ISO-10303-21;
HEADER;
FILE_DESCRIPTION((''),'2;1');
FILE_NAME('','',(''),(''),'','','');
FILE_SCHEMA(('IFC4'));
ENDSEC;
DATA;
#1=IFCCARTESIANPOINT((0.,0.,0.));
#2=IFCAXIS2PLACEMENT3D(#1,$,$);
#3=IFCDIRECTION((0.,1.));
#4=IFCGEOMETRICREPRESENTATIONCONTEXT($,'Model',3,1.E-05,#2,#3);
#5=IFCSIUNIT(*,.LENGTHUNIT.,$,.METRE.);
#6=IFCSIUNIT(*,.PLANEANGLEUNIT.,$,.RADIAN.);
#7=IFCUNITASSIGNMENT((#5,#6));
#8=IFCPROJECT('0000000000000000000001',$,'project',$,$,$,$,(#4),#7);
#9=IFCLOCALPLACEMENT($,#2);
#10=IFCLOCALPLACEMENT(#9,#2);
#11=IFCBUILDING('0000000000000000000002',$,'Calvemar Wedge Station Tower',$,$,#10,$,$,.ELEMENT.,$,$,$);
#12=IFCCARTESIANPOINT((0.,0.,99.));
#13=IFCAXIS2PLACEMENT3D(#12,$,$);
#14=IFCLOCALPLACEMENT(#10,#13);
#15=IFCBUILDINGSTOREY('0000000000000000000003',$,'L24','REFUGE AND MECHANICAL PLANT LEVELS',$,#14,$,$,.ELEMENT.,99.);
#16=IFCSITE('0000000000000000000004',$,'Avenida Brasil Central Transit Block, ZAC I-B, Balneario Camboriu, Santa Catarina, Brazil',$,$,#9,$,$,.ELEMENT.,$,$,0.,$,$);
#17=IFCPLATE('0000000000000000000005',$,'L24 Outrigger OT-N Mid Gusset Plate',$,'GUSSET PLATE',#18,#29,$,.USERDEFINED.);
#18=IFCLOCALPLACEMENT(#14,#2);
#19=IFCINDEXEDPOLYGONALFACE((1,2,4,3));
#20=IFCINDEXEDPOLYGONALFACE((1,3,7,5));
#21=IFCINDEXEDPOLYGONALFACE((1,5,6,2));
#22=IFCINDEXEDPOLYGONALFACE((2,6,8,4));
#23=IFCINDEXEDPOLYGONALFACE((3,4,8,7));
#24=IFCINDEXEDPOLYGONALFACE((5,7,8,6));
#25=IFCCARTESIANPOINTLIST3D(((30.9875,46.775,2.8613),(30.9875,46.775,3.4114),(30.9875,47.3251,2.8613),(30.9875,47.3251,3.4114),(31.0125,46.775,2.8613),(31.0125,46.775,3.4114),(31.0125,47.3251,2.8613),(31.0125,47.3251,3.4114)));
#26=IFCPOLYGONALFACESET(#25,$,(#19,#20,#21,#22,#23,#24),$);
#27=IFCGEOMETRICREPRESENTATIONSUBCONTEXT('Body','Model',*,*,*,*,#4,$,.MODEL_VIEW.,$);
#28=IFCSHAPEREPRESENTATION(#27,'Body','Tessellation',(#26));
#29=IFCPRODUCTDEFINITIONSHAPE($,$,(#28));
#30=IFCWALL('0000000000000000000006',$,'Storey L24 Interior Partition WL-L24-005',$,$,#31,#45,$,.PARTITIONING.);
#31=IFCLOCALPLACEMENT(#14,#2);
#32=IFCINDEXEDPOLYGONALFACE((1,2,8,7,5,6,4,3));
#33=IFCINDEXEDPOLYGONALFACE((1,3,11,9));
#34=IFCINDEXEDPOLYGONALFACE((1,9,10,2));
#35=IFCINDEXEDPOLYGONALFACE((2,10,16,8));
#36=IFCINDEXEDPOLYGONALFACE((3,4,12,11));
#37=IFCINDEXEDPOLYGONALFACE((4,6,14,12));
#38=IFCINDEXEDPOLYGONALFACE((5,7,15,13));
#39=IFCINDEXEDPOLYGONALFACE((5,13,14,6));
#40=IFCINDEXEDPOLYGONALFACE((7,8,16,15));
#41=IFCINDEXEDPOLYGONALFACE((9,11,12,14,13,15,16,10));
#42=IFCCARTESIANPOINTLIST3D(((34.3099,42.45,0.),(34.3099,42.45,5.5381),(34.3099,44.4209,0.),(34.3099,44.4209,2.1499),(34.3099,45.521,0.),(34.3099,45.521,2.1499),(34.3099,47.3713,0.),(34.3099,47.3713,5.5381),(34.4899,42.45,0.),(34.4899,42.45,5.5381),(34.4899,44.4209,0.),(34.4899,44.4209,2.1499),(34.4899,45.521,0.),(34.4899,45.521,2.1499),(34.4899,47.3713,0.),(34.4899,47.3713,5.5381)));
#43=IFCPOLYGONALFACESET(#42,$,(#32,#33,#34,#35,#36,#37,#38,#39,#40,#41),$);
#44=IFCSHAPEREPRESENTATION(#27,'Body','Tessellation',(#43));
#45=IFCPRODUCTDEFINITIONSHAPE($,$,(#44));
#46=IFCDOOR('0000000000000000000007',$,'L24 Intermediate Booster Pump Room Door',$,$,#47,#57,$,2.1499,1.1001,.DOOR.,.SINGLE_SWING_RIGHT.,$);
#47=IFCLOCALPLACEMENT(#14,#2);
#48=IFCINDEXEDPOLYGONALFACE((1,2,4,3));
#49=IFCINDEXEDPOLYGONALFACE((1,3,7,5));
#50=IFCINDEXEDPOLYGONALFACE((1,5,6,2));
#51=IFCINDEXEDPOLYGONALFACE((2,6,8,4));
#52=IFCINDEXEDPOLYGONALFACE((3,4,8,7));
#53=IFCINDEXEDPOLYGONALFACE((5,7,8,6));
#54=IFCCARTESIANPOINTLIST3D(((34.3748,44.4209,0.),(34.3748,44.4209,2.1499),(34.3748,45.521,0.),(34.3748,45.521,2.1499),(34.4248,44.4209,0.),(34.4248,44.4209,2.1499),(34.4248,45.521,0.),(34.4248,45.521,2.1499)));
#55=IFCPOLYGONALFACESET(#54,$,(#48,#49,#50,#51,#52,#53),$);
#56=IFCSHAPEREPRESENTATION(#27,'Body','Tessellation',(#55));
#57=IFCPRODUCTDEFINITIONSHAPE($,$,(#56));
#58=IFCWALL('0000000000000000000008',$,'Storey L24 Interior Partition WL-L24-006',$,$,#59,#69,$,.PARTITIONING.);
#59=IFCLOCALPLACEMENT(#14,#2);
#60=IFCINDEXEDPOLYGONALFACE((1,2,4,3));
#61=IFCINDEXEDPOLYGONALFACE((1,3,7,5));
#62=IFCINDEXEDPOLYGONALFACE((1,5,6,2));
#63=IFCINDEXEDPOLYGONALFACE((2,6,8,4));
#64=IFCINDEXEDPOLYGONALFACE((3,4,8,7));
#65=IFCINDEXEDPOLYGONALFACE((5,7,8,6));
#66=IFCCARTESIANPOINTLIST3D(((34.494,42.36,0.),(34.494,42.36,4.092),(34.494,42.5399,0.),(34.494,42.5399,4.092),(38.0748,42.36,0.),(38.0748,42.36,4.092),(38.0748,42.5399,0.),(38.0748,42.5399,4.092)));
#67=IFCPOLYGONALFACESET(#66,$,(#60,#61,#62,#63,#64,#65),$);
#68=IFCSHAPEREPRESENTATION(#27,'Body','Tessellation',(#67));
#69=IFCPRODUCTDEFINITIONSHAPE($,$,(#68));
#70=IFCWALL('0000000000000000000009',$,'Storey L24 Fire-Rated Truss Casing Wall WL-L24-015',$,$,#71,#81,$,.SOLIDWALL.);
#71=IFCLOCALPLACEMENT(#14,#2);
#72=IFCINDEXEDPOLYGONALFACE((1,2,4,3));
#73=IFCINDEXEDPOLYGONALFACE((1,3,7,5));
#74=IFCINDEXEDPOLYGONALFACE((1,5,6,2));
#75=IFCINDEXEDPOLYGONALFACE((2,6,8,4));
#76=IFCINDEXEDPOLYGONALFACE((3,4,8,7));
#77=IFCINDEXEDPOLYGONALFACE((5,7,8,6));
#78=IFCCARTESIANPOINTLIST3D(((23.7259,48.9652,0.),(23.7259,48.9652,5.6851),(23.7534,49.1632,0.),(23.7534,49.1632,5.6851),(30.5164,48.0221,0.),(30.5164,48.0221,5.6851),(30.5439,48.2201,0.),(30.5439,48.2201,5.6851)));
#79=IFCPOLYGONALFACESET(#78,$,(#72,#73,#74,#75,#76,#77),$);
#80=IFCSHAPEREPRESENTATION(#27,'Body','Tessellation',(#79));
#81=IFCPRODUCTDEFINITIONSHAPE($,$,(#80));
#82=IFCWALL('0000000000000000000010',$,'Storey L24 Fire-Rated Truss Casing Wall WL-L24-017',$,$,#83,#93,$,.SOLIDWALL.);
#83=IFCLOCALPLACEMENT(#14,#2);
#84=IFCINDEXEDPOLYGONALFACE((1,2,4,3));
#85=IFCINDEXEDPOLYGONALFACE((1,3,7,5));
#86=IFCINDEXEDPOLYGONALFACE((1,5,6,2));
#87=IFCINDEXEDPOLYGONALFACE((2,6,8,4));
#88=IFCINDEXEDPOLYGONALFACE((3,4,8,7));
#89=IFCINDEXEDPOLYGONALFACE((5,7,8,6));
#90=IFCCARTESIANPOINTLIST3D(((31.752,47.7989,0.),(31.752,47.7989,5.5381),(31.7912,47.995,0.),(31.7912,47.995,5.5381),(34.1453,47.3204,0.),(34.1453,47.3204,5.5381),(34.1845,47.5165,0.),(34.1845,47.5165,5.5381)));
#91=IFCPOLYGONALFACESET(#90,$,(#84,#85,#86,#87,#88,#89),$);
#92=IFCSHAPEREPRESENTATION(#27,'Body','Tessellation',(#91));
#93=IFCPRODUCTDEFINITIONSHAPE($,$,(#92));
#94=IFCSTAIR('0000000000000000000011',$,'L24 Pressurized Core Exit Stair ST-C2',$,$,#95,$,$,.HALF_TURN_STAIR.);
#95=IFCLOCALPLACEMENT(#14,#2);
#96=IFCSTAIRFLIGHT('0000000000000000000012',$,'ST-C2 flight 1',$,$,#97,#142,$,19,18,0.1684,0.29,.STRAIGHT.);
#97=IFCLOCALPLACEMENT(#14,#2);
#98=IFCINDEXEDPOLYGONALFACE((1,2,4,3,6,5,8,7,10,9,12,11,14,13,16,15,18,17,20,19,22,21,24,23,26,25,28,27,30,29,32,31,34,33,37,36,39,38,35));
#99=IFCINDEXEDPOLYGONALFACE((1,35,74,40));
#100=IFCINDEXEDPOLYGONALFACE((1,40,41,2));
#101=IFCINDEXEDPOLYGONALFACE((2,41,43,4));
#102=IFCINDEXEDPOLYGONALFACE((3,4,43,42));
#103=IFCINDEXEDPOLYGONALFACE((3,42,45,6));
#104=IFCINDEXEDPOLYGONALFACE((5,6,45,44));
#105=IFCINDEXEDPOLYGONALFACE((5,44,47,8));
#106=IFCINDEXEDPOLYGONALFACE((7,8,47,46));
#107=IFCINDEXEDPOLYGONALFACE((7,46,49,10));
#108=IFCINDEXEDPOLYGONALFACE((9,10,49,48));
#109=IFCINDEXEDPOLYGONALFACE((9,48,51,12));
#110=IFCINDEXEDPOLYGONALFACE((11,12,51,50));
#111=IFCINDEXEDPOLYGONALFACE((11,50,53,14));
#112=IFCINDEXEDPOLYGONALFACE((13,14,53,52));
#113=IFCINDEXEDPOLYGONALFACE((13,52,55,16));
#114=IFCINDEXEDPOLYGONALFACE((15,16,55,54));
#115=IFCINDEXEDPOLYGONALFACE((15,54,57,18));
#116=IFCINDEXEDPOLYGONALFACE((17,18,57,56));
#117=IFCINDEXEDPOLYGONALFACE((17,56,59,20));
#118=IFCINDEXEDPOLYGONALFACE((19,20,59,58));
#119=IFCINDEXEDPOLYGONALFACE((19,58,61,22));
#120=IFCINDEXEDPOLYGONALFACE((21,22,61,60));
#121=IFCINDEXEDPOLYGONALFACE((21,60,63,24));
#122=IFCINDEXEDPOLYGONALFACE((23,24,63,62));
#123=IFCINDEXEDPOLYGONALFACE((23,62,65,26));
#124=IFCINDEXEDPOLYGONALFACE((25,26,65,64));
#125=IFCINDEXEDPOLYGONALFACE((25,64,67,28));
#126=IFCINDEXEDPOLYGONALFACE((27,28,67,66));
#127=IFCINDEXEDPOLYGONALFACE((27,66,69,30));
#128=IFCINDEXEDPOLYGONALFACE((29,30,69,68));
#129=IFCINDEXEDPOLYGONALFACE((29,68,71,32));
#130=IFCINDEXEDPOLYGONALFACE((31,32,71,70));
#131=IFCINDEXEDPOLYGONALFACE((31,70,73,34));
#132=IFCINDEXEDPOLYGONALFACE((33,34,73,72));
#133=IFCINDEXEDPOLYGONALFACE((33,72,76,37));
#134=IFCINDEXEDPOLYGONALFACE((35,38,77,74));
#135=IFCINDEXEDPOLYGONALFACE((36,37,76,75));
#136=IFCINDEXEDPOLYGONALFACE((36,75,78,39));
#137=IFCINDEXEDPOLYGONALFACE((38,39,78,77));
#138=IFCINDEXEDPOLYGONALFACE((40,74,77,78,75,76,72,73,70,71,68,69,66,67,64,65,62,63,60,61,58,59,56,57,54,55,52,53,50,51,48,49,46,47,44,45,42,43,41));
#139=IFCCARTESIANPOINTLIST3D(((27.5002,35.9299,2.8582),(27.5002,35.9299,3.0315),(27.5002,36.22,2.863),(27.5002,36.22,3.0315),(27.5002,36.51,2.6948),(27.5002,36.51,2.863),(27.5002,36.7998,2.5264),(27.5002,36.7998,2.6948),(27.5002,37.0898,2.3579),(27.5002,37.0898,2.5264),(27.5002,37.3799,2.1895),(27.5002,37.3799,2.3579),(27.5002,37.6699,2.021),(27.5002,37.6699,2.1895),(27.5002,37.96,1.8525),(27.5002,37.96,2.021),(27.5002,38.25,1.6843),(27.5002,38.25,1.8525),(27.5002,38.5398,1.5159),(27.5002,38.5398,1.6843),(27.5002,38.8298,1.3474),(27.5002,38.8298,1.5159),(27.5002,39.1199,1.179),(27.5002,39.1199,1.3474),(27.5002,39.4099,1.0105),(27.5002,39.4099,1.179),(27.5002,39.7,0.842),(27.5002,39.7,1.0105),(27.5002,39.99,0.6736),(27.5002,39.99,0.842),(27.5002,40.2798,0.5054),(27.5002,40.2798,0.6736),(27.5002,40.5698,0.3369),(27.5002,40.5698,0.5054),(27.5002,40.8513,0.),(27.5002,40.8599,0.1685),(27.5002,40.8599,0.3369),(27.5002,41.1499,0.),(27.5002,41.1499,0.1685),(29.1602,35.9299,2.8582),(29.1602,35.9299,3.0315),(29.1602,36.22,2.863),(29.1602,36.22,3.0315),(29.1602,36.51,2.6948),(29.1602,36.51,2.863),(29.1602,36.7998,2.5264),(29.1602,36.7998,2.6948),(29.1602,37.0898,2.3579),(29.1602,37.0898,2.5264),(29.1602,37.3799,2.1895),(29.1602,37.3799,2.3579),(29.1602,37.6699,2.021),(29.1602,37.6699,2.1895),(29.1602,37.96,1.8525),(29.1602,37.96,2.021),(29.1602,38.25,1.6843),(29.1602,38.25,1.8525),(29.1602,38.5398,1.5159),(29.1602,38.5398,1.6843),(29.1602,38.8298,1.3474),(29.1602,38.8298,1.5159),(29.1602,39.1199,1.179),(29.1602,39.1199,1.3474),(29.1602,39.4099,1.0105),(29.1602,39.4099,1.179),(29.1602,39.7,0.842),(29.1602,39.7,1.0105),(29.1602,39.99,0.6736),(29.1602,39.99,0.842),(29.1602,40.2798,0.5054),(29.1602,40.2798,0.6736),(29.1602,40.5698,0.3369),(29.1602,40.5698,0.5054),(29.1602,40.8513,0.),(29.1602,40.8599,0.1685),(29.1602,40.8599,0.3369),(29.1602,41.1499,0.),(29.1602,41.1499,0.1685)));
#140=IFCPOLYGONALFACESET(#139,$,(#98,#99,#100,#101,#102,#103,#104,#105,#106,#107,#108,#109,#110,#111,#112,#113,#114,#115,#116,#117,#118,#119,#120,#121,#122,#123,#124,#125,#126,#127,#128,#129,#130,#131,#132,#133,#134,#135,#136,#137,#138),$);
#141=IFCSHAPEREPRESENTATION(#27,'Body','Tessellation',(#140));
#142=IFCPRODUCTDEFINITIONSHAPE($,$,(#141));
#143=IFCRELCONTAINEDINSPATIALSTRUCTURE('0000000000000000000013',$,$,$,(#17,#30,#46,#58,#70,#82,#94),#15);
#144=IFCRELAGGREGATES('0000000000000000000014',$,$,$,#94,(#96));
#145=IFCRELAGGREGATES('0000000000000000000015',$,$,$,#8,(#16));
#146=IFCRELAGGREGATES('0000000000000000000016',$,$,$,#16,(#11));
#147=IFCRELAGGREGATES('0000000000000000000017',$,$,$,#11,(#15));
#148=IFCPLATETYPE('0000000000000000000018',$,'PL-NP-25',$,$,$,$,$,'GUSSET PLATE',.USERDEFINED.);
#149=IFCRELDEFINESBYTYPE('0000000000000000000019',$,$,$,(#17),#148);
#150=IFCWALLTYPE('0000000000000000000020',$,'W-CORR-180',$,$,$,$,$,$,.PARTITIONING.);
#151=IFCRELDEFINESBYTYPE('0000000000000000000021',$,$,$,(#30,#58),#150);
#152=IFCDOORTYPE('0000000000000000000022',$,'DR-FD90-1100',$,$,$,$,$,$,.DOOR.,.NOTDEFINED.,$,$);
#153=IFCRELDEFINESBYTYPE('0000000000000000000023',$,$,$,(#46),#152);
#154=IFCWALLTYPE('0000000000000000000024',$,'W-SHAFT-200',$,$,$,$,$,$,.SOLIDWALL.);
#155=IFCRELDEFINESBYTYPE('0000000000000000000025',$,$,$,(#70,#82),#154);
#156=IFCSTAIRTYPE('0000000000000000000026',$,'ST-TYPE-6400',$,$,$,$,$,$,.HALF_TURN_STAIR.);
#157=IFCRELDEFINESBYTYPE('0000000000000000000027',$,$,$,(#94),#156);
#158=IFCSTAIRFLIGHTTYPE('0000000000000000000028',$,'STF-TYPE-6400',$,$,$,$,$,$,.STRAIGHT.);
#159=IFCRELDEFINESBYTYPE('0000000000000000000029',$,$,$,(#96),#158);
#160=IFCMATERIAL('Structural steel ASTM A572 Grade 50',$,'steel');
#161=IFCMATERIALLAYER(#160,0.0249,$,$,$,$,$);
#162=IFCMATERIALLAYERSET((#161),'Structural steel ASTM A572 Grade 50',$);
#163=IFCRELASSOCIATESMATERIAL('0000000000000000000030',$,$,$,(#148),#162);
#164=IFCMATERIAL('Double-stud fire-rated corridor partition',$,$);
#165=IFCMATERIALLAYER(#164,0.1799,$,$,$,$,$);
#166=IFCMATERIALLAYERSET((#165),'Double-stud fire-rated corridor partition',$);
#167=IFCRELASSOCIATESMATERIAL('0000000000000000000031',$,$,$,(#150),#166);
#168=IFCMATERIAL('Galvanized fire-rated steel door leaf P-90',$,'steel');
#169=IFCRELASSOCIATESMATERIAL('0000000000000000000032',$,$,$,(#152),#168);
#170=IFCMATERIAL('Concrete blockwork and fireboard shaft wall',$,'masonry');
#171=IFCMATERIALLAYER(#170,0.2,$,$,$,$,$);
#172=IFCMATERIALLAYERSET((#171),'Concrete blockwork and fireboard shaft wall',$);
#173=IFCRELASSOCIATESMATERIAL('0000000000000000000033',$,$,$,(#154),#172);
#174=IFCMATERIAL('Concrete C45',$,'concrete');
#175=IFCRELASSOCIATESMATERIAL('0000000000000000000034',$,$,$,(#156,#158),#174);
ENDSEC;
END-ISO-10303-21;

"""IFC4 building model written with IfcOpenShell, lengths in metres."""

from ifc_helpers import new_model, si_unit, direction, frame, frame_2d, origin, origin_2d, place, context, subcontext, project, spatial, polyline, rectangle, outline, extrude, source, transform, mapped, material, layer, layer_set, type_object, element, fill, aggregate, save


model = new_model("IFC4")

# Units and contexts
model_context = context("Model", 3, precision=1e-05, world=origin(), true_north=direction((0.0, 1.0)))
body_context = subcontext(model_context, "Body", "Model", "MODEL_VIEW")
ifc_project = project(units=[si_unit("LENGTHUNIT", "METRE"), si_unit("PLANEANGLEUNIT", "RADIAN")], contexts=[model_context])

# Site, building, storey
site_placement = place(None, origin())
site = spatial("IfcSite", under=ifc_project, at=site_placement, Name="Avenida Brasil Central Transit Block, ZAC I-B, Balneario Camboriu, Santa Catarina, Brazil", CompositionType="ELEMENT", RefElevation=0.0)
building_placement = place(site_placement, origin())
building = spatial("IfcBuilding", under=site, at=building_placement, Name="Calvemar Wedge Station Tower", CompositionType="ELEMENT")
storey_placement = place(building_placement, frame((0.0, 0.0, 99.0)))
storey = spatial("IfcBuildingStorey", under=building, at=storey_placement, Name="L24", Description="REFUGE AND MECHANICAL PLANT LEVELS", CompositionType="ELEMENT", Elevation=99.0)

# Shared definitions
ifc_material_1 = material(Name="Structural steel ASTM A572 Grade 50", Category="steel")

# Plate
ifc_layer_1 = layer(ifc_material_1, 0.0249)
ifc_layer_set_1 = layer_set([ifc_layer_1], Name="Structural steel ASTM A572 Grade 50")
plate_type_1 = type_object("IfcPlateType", Name="PL-NP-25", ElementType="GUSSET PLATE", PredefinedType="USERDEFINED", material=ifc_layer_set_1)
shared_shape_1 = source(origin(), body_context, "Body", "SweptSolid", [
    extrude(rectangle(XDim=0.55, YDim=0.0249, at=origin_2d()), origin(), (0.0, 0.0, 1.0), 0.55),
])
plate_1_placement = place(storey_placement, frame((31.0, 47.05, 2.8613), z_axis=(0.0, 0.0, 1.0), x_axis=(0.0, 1.0, 0.0)))
element("IfcPlate", 1, at=plate_1_placement, inside=storey, type_object=plate_type_1, Name="L24 Outrigger OT-N Mid Gusset Plate", ObjectType="GUSSET PLATE", PredefinedType="USERDEFINED", context=body_context, shape_type="MappedRepresentation", body=[
    mapped(shared_shape_1, transform((0.0, 0.0, 0.0), scale=1.0)),
])

# Wall, opening, door
ifc_material_2 = material(Name="Double-stud fire-rated corridor partition")
ifc_layer_2 = layer(ifc_material_2, 0.1799)
ifc_layer_set_2 = layer_set([ifc_layer_2], Name="Double-stud fire-rated corridor partition")
wall_type_1 = type_object("IfcWallType", Name="W-CORR-180", PredefinedType="PARTITIONING", material=ifc_layer_set_2)
wall_1_placement = place(storey_placement, frame((34.3999, 47.3713, 0.0), z_axis=(0.0, 0.0, 1.0), x_axis=(0.0, -1.0, 0.0)))
wall_1 = element("IfcWall", 2, at=wall_1_placement, inside=storey, type_object=wall_type_1, Name="Storey L24 Interior Partition WL-L24-005", PredefinedType="PARTITIONING", context=body_context, shape_type="SweptSolid", body=[
    extrude(rectangle(XDim=4.9214, YDim=0.1799, at=frame_2d((2.4607, 0.0))), origin(), (0.0, 0.0, 1.0), 5.5381),
])
shared_shape_2 = source(origin(), body_context, "Body", "SweptSolid", [
    extrude(rectangle(XDim=1.1001, YDim=2.1499, at=frame_2d((0.55, 1.075))), frame((0.0, 0.1001, 0.0), z_axis=(0.0, -1.0, 0.0), x_axis=(1.0, 0.0, 0.0)), (0.0, 0.0, 1.0), 0.2),
])
opening_placement = place(wall_1_placement, frame((1.8503, 0.0, 0.0)))
opening = element("IfcOpeningElement", 3, at=opening_placement, cuts=wall_1, PredefinedType="OPENING", context=body_context, shape_type="MappedRepresentation", body=[
    mapped(shared_shape_2, transform((0.0, 0.0, 0.0), scale=1.0)),
])
ifc_material_3 = material(Name="Galvanized fire-rated steel door leaf P-90", Category="steel")
door_type = type_object("IfcDoorType", Name="DR-FD90-1100", OperationType="NOTDEFINED", PredefinedType="DOOR", material=ifc_material_3)
shared_shape_3 = source(origin(), body_context, "Body", "SweptSolid", [
    extrude(rectangle(XDim=1.1001, YDim=2.1499, at=frame_2d((0.55, 1.075))), frame((0.0, 0.0249, 0.0), z_axis=(0.0, -1.0, 0.0), x_axis=(1.0, 0.0, 0.0)), (0.0, 0.0, 1.0), 0.05),
])
door_placement = place(opening_placement, origin())
door = element("IfcDoor", 4, at=door_placement, inside=storey, type_object=door_type, Name="L24 Intermediate Booster Pump Room Door", OperationType="SINGLE_SWING_RIGHT", OverallHeight=2.1499, OverallWidth=1.1001, PredefinedType="DOOR", context=body_context, shape_type="MappedRepresentation", body=[
    mapped(shared_shape_3, transform((0.0, 0.0, 0.0), scale=1.0)),
])
fill(opening, door)

# Walls
wall_2_placement = place(storey_placement, frame((34.4939, 42.45, 0.0), z_axis=(0.0, 0.0, 1.0), x_axis=(1.0, 0.0, 0.0)))
element("IfcWall", 5, at=wall_2_placement, inside=storey, type_object=wall_type_1, Name="Storey L24 Interior Partition WL-L24-006", PredefinedType="PARTITIONING", context=body_context, shape_type="SweptSolid", body=[
    extrude(rectangle(XDim=3.5808, YDim=0.1799, at=frame_2d((1.7905, 0.0))), origin(), (0.0, 0.0, 1.0), 4.092),
])
ifc_material_4 = material(Name="Concrete blockwork and fireboard shaft wall", Category="masonry")
ifc_layer_3 = layer(ifc_material_4, 0.2)
ifc_layer_set_3 = layer_set([ifc_layer_3], Name="Concrete blockwork and fireboard shaft wall")
wall_type_2 = type_object("IfcWallType", Name="W-SHAFT-200", PredefinedType="SOLIDWALL", material=ifc_layer_set_3)
wall_3_placement = place(storey_placement, frame((30.53, 48.1211, 0.0), z_axis=(0.0, 0.0, 1.0), x_axis=(-0.990493, 0.137566, 0.0)))
element("IfcWall", 6, at=wall_3_placement, inside=storey, type_object=wall_type_2, Name="Storey L24 Fire-Rated Truss Casing Wall WL-L24-015", PredefinedType="SOLIDWALL", context=body_context, shape_type="SweptSolid", body=[
    extrude(rectangle(XDim=6.8557, YDim=0.2, at=frame_2d((3.4277, 0.0))), origin(), (0.0, 0.0, 1.0), 5.6851),
])
wall_4_placement = place(storey_placement, frame((34.1648, 47.4185, 0.0), z_axis=(0.0, 0.0, 1.0), x_axis=(-0.980592, 0.196058, 0.0)))
element("IfcWall", 7, at=wall_4_placement, inside=storey, type_object=wall_type_2, Name="Storey L24 Fire-Rated Truss Casing Wall WL-L24-017", PredefinedType="SOLIDWALL", context=body_context, shape_type="SweptSolid", body=[
    extrude(rectangle(XDim=2.4407, YDim=0.2, at=frame_2d((1.2202, 0.0))), origin(), (0.0, 0.0, 1.0), 5.5381),
])

# Stair, stair flight
ifc_material_5 = material(Name="Concrete C45", Category="concrete")
stair_type = type_object("IfcStairType", Name="ST-TYPE-6400", PredefinedType="HALF_TURN_STAIR", material=ifc_material_5)
stair_placement = place(storey_placement, origin())
stair = element("IfcStair", 8, at=stair_placement, inside=storey, type_object=stair_type, Name="L24 Pressurized Core Exit Stair ST-C2", PredefinedType="HALF_TURN_STAIR")
stair_flight_type = type_object("IfcStairFlightType", Name="STF-TYPE-6400", PredefinedType="STRAIGHT", material=ifc_material_5)
stair_flight_placement = place(storey_placement, frame((28.3301, 41.1499, 0.0), z_axis=(0.0, 0.0, 1.0), x_axis=(0.0, -1.0, 0.0)))
stair_flight = element("IfcStairFlight", 9, at=stair_flight_placement, type_object=stair_flight_type, Name="ST-C2 flight 1", NumberOfRisers=19, NumberOfTreads=18, PredefinedType="STRAIGHT", RiserHeight=0.1684, TreadLength=0.29, context=body_context, shape_type="SweptSolid", body=[
    extrude(outline(polyline([(0.0, 0.0), (0.0, 0.1685), (0.29, 0.1685), (0.29, 0.3369), (0.5801, 0.3369), (0.5801, 0.5054), (0.8701, 0.5054), (0.8701, 0.6736), (1.1599, 0.6736), (1.1599, 0.842), (1.45, 0.842), (1.45, 1.0105), (1.74, 1.0105), (1.74, 1.179), (2.03, 1.179), (2.03, 1.3474), (2.3201, 1.3474), (2.3201, 1.5159), (2.6101, 1.5159), (2.6101, 1.6843), (2.8999, 1.6843), (2.8999, 1.8525), (3.1899, 1.8525), (3.1899, 2.021), (3.48, 2.021), (3.48, 2.1895), (3.77, 2.1895), (3.77, 2.3579), (4.0601, 2.3579), (4.0601, 2.5264), (4.3501, 2.5264), (4.3501, 2.6948), (4.6399, 2.6948), (4.6399, 2.863), (4.9299, 2.863), (4.9299, 3.0315), (5.22, 3.0315), (5.22, 3.2), (5.22, 2.8582), (0.2986, 0.0), (0.0, 0.0)])), frame((0.0, 0.8301, 0.0), z_axis=(0.0, -1.0, 0.0), x_axis=(1.0, 0.0, 0.0)), (0.0, 0.0, 1.0), 1.6599),
])
aggregate(stair, [stair_flight])

save(model, "model.ifc")
